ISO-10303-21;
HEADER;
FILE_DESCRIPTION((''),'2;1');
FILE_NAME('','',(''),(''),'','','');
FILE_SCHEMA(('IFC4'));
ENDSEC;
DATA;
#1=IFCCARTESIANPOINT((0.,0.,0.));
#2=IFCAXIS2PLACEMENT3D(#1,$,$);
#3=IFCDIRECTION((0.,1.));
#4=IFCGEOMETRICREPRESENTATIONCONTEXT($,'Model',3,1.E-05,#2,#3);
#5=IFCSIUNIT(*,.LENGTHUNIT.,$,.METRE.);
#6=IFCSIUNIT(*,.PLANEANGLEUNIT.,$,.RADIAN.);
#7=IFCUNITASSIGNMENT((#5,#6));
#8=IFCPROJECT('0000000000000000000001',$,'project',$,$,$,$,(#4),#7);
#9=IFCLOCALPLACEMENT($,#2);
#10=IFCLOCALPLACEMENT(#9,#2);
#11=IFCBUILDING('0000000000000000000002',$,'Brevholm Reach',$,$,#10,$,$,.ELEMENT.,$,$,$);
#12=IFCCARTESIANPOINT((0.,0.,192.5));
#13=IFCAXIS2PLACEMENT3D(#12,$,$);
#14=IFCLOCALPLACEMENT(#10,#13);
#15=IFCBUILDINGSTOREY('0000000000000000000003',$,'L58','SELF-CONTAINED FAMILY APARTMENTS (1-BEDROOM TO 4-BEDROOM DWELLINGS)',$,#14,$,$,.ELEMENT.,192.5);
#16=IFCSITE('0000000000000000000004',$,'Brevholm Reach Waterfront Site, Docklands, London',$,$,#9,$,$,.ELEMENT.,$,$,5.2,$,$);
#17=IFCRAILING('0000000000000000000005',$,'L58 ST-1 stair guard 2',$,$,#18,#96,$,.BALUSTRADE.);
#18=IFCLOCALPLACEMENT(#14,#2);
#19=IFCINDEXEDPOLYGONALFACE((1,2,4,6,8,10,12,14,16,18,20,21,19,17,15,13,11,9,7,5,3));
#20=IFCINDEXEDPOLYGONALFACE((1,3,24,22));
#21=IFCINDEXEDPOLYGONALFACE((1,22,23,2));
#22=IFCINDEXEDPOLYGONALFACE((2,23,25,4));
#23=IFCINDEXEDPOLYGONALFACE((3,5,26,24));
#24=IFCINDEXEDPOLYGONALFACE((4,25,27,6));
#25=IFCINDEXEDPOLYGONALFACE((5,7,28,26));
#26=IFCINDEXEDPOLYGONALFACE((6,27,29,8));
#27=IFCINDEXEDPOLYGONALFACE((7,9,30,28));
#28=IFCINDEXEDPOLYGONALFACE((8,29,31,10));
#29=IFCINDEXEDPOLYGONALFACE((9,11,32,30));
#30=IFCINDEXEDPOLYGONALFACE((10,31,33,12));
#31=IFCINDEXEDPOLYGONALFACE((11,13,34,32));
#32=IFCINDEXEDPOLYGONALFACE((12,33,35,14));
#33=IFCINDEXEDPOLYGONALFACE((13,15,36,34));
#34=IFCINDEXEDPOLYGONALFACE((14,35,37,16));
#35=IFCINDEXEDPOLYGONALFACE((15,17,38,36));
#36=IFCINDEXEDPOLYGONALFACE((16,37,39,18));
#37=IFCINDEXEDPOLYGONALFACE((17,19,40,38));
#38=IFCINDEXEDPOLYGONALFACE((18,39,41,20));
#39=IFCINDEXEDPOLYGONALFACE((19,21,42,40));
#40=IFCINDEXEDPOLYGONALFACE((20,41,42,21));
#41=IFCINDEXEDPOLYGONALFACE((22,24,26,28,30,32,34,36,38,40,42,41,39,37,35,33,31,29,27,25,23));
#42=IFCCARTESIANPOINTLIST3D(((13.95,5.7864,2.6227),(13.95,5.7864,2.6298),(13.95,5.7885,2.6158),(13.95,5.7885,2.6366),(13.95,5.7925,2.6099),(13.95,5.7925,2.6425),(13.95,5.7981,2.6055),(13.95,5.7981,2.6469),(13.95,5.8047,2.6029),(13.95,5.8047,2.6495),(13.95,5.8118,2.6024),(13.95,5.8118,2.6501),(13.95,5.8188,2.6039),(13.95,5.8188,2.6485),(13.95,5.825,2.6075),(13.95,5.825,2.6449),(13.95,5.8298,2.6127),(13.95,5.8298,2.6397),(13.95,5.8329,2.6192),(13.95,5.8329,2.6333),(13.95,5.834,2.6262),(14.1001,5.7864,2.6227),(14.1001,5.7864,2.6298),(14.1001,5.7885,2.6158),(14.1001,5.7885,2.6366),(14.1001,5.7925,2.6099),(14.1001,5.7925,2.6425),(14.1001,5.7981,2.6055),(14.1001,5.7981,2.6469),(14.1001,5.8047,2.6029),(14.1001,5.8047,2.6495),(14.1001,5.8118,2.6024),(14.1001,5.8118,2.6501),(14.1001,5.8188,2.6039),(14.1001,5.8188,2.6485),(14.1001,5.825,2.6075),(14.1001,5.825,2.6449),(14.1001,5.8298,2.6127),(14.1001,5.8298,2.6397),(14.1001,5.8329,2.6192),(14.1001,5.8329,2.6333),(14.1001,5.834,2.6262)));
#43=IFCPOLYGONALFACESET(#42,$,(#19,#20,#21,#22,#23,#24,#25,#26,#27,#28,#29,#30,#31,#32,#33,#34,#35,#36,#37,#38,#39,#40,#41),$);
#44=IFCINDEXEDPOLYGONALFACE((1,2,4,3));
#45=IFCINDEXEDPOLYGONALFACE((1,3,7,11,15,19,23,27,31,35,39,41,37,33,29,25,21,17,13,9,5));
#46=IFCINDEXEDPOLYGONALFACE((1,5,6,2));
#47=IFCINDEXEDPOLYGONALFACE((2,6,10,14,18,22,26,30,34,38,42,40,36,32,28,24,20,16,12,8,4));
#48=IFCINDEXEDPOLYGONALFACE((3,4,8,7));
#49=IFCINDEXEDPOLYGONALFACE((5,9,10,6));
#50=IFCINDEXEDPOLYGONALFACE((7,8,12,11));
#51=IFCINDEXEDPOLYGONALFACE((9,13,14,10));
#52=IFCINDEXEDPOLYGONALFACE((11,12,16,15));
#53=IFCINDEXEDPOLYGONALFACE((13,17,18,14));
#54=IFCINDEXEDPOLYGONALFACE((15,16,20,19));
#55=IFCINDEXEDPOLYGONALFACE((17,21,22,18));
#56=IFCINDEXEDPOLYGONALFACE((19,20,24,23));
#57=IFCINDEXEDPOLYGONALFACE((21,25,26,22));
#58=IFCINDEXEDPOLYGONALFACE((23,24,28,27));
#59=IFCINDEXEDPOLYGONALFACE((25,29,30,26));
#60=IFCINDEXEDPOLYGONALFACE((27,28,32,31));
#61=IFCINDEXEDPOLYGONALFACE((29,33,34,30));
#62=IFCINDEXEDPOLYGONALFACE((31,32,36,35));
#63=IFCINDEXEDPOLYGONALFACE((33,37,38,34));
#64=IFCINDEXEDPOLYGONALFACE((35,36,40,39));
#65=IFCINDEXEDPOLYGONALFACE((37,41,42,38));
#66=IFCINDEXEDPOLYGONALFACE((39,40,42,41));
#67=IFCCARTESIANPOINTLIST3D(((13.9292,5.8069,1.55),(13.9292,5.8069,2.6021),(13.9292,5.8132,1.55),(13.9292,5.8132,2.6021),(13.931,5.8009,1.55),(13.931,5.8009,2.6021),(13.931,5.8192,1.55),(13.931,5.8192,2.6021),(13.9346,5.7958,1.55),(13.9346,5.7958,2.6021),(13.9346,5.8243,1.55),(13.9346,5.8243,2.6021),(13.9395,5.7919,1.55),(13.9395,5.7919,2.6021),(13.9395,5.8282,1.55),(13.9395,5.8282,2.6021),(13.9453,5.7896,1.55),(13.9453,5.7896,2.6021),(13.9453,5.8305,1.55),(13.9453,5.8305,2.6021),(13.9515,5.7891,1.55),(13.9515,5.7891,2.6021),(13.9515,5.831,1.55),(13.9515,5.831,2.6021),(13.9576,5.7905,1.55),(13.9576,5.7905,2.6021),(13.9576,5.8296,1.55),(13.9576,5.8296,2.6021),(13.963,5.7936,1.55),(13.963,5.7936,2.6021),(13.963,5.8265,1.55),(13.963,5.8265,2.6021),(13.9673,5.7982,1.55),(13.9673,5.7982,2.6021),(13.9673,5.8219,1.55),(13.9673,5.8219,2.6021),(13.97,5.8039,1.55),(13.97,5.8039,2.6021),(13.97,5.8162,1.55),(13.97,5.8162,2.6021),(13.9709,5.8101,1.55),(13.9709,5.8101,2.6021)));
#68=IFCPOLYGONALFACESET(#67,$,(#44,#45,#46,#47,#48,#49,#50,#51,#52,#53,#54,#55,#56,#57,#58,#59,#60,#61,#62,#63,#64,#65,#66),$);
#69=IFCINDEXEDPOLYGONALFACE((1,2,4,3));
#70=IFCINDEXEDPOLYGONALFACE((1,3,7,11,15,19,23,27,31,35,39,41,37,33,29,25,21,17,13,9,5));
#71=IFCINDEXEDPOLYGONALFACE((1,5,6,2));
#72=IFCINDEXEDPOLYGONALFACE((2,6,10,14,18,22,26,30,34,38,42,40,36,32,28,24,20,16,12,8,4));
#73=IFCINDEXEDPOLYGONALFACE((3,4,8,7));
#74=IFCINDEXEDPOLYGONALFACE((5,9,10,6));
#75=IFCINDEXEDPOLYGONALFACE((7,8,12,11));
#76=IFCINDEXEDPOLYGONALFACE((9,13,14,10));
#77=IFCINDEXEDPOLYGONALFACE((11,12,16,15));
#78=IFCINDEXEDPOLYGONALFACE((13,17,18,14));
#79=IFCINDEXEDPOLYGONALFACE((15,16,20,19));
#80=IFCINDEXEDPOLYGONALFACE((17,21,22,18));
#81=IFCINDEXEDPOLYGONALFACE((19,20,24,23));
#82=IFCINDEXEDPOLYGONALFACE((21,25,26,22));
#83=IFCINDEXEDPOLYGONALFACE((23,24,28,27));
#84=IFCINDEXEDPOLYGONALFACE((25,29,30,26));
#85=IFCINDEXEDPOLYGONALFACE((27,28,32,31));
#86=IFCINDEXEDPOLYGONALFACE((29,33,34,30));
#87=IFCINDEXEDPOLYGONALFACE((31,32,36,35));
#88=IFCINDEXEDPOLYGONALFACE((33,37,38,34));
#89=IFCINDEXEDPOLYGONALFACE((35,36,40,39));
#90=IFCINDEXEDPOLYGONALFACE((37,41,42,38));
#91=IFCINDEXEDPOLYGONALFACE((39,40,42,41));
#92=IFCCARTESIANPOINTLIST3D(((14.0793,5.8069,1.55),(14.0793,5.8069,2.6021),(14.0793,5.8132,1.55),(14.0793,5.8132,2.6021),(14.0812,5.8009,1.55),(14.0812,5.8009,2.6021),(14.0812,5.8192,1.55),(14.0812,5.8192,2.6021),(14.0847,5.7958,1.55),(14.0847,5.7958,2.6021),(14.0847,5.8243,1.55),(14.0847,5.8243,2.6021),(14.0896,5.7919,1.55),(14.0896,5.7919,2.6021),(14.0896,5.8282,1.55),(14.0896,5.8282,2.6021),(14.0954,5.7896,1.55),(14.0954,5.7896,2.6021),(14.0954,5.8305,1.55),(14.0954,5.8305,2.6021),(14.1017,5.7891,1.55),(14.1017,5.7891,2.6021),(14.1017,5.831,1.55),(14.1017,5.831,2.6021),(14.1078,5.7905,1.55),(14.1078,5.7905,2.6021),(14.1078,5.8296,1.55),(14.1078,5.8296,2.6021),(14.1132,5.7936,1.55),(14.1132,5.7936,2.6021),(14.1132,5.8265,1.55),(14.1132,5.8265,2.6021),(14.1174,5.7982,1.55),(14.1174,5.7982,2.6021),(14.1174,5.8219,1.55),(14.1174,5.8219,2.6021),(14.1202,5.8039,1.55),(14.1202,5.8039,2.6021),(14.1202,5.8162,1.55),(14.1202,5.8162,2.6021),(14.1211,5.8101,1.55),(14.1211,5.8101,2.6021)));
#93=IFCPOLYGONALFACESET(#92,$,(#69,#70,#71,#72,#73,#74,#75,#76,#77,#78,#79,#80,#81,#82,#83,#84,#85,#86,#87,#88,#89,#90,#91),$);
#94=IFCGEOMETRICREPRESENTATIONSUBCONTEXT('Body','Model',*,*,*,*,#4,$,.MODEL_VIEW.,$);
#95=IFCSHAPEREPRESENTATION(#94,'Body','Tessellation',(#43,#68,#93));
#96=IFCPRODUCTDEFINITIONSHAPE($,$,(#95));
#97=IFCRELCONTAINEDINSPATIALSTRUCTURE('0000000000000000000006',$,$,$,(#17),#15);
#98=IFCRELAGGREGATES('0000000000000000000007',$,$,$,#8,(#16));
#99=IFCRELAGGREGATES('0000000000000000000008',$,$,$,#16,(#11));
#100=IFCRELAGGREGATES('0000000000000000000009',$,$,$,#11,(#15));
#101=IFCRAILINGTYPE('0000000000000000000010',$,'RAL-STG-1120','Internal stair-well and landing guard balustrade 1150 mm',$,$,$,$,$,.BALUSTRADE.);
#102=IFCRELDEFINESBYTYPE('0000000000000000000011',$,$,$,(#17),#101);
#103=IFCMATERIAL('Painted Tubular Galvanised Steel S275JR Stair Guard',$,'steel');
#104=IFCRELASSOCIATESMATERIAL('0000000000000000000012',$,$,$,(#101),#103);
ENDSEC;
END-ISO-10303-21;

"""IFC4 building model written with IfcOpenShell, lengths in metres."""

from ifc_helpers import new_model, si_unit, direction, frame, origin, origin_2d, place, context, subcontext, project, spatial, circle, extrude, material, type_object, element, save


model = new_model("IFC4")

# Units and contexts
model_context = context("Model", 3, precision=1e-05, world=origin(), true_north=direction((0.0, 1.0)))
body_context = subcontext(model_context, "Body", "Model", "MODEL_VIEW")
ifc_project = project(units=[si_unit("LENGTHUNIT", "METRE"), si_unit("PLANEANGLEUNIT", "RADIAN")], contexts=[model_context])

# Site, building, storey
site_placement = place(None, origin())
site = spatial("IfcSite", under=ifc_project, at=site_placement, Name="Brevholm Reach Waterfront Site, Docklands, London", CompositionType="ELEMENT", RefElevation=5.2)
building_placement = place(site_placement, origin())
building = spatial("IfcBuilding", under=site, at=building_placement, Name="Brevholm Reach", CompositionType="ELEMENT")
storey_placement = place(building_placement, frame((0.0, 0.0, 192.5)))
storey = spatial("IfcBuildingStorey", under=building, at=storey_placement, Name="L58", Description="SELF-CONTAINED FAMILY APARTMENTS (1-BEDROOM TO 4-BEDROOM DWELLINGS)", CompositionType="ELEMENT", Elevation=192.5)

# Railing
ifc_material_1 = material(Name="Painted Tubular Galvanised Steel S275JR Stair Guard", Category="steel")
railing_type_1 = type_object("IfcRailingType", Name="RAL-STG-1120", Description="Internal stair-well and landing guard balustrade 1150 mm", PredefinedType="BALUSTRADE", material=ifc_material_1)
railing_1_placement = place(storey_placement, frame((13.95, 5.8101, 1.55)))
element("IfcRailing", 1, at=railing_1_placement, inside=storey, type_object=railing_type_1, Name="L58 ST-1 stair guard 2", PredefinedType="BALUSTRADE", context=body_context, shape_type="SweptSolid", body=[
    extrude(circle(Radius=0.0239, at=origin_2d()), frame((0.0, 0.0, 1.0762), z_axis=(1.0, 0.0, 0.0), x_axis=(0.0, 1.0, 0.0)), (0.0, 0.0, 1.0), 0.1501),
    extrude(circle(Radius=0.021, at=origin_2d()), origin(), (0.0, 0.0, 1.0), 1.052),
    extrude(circle(Radius=0.021, at=origin_2d()), frame((0.1501, 0.0, 0.0)), (0.0, 0.0, 1.0), 1.052),
])

save(model, "model.ifc")
